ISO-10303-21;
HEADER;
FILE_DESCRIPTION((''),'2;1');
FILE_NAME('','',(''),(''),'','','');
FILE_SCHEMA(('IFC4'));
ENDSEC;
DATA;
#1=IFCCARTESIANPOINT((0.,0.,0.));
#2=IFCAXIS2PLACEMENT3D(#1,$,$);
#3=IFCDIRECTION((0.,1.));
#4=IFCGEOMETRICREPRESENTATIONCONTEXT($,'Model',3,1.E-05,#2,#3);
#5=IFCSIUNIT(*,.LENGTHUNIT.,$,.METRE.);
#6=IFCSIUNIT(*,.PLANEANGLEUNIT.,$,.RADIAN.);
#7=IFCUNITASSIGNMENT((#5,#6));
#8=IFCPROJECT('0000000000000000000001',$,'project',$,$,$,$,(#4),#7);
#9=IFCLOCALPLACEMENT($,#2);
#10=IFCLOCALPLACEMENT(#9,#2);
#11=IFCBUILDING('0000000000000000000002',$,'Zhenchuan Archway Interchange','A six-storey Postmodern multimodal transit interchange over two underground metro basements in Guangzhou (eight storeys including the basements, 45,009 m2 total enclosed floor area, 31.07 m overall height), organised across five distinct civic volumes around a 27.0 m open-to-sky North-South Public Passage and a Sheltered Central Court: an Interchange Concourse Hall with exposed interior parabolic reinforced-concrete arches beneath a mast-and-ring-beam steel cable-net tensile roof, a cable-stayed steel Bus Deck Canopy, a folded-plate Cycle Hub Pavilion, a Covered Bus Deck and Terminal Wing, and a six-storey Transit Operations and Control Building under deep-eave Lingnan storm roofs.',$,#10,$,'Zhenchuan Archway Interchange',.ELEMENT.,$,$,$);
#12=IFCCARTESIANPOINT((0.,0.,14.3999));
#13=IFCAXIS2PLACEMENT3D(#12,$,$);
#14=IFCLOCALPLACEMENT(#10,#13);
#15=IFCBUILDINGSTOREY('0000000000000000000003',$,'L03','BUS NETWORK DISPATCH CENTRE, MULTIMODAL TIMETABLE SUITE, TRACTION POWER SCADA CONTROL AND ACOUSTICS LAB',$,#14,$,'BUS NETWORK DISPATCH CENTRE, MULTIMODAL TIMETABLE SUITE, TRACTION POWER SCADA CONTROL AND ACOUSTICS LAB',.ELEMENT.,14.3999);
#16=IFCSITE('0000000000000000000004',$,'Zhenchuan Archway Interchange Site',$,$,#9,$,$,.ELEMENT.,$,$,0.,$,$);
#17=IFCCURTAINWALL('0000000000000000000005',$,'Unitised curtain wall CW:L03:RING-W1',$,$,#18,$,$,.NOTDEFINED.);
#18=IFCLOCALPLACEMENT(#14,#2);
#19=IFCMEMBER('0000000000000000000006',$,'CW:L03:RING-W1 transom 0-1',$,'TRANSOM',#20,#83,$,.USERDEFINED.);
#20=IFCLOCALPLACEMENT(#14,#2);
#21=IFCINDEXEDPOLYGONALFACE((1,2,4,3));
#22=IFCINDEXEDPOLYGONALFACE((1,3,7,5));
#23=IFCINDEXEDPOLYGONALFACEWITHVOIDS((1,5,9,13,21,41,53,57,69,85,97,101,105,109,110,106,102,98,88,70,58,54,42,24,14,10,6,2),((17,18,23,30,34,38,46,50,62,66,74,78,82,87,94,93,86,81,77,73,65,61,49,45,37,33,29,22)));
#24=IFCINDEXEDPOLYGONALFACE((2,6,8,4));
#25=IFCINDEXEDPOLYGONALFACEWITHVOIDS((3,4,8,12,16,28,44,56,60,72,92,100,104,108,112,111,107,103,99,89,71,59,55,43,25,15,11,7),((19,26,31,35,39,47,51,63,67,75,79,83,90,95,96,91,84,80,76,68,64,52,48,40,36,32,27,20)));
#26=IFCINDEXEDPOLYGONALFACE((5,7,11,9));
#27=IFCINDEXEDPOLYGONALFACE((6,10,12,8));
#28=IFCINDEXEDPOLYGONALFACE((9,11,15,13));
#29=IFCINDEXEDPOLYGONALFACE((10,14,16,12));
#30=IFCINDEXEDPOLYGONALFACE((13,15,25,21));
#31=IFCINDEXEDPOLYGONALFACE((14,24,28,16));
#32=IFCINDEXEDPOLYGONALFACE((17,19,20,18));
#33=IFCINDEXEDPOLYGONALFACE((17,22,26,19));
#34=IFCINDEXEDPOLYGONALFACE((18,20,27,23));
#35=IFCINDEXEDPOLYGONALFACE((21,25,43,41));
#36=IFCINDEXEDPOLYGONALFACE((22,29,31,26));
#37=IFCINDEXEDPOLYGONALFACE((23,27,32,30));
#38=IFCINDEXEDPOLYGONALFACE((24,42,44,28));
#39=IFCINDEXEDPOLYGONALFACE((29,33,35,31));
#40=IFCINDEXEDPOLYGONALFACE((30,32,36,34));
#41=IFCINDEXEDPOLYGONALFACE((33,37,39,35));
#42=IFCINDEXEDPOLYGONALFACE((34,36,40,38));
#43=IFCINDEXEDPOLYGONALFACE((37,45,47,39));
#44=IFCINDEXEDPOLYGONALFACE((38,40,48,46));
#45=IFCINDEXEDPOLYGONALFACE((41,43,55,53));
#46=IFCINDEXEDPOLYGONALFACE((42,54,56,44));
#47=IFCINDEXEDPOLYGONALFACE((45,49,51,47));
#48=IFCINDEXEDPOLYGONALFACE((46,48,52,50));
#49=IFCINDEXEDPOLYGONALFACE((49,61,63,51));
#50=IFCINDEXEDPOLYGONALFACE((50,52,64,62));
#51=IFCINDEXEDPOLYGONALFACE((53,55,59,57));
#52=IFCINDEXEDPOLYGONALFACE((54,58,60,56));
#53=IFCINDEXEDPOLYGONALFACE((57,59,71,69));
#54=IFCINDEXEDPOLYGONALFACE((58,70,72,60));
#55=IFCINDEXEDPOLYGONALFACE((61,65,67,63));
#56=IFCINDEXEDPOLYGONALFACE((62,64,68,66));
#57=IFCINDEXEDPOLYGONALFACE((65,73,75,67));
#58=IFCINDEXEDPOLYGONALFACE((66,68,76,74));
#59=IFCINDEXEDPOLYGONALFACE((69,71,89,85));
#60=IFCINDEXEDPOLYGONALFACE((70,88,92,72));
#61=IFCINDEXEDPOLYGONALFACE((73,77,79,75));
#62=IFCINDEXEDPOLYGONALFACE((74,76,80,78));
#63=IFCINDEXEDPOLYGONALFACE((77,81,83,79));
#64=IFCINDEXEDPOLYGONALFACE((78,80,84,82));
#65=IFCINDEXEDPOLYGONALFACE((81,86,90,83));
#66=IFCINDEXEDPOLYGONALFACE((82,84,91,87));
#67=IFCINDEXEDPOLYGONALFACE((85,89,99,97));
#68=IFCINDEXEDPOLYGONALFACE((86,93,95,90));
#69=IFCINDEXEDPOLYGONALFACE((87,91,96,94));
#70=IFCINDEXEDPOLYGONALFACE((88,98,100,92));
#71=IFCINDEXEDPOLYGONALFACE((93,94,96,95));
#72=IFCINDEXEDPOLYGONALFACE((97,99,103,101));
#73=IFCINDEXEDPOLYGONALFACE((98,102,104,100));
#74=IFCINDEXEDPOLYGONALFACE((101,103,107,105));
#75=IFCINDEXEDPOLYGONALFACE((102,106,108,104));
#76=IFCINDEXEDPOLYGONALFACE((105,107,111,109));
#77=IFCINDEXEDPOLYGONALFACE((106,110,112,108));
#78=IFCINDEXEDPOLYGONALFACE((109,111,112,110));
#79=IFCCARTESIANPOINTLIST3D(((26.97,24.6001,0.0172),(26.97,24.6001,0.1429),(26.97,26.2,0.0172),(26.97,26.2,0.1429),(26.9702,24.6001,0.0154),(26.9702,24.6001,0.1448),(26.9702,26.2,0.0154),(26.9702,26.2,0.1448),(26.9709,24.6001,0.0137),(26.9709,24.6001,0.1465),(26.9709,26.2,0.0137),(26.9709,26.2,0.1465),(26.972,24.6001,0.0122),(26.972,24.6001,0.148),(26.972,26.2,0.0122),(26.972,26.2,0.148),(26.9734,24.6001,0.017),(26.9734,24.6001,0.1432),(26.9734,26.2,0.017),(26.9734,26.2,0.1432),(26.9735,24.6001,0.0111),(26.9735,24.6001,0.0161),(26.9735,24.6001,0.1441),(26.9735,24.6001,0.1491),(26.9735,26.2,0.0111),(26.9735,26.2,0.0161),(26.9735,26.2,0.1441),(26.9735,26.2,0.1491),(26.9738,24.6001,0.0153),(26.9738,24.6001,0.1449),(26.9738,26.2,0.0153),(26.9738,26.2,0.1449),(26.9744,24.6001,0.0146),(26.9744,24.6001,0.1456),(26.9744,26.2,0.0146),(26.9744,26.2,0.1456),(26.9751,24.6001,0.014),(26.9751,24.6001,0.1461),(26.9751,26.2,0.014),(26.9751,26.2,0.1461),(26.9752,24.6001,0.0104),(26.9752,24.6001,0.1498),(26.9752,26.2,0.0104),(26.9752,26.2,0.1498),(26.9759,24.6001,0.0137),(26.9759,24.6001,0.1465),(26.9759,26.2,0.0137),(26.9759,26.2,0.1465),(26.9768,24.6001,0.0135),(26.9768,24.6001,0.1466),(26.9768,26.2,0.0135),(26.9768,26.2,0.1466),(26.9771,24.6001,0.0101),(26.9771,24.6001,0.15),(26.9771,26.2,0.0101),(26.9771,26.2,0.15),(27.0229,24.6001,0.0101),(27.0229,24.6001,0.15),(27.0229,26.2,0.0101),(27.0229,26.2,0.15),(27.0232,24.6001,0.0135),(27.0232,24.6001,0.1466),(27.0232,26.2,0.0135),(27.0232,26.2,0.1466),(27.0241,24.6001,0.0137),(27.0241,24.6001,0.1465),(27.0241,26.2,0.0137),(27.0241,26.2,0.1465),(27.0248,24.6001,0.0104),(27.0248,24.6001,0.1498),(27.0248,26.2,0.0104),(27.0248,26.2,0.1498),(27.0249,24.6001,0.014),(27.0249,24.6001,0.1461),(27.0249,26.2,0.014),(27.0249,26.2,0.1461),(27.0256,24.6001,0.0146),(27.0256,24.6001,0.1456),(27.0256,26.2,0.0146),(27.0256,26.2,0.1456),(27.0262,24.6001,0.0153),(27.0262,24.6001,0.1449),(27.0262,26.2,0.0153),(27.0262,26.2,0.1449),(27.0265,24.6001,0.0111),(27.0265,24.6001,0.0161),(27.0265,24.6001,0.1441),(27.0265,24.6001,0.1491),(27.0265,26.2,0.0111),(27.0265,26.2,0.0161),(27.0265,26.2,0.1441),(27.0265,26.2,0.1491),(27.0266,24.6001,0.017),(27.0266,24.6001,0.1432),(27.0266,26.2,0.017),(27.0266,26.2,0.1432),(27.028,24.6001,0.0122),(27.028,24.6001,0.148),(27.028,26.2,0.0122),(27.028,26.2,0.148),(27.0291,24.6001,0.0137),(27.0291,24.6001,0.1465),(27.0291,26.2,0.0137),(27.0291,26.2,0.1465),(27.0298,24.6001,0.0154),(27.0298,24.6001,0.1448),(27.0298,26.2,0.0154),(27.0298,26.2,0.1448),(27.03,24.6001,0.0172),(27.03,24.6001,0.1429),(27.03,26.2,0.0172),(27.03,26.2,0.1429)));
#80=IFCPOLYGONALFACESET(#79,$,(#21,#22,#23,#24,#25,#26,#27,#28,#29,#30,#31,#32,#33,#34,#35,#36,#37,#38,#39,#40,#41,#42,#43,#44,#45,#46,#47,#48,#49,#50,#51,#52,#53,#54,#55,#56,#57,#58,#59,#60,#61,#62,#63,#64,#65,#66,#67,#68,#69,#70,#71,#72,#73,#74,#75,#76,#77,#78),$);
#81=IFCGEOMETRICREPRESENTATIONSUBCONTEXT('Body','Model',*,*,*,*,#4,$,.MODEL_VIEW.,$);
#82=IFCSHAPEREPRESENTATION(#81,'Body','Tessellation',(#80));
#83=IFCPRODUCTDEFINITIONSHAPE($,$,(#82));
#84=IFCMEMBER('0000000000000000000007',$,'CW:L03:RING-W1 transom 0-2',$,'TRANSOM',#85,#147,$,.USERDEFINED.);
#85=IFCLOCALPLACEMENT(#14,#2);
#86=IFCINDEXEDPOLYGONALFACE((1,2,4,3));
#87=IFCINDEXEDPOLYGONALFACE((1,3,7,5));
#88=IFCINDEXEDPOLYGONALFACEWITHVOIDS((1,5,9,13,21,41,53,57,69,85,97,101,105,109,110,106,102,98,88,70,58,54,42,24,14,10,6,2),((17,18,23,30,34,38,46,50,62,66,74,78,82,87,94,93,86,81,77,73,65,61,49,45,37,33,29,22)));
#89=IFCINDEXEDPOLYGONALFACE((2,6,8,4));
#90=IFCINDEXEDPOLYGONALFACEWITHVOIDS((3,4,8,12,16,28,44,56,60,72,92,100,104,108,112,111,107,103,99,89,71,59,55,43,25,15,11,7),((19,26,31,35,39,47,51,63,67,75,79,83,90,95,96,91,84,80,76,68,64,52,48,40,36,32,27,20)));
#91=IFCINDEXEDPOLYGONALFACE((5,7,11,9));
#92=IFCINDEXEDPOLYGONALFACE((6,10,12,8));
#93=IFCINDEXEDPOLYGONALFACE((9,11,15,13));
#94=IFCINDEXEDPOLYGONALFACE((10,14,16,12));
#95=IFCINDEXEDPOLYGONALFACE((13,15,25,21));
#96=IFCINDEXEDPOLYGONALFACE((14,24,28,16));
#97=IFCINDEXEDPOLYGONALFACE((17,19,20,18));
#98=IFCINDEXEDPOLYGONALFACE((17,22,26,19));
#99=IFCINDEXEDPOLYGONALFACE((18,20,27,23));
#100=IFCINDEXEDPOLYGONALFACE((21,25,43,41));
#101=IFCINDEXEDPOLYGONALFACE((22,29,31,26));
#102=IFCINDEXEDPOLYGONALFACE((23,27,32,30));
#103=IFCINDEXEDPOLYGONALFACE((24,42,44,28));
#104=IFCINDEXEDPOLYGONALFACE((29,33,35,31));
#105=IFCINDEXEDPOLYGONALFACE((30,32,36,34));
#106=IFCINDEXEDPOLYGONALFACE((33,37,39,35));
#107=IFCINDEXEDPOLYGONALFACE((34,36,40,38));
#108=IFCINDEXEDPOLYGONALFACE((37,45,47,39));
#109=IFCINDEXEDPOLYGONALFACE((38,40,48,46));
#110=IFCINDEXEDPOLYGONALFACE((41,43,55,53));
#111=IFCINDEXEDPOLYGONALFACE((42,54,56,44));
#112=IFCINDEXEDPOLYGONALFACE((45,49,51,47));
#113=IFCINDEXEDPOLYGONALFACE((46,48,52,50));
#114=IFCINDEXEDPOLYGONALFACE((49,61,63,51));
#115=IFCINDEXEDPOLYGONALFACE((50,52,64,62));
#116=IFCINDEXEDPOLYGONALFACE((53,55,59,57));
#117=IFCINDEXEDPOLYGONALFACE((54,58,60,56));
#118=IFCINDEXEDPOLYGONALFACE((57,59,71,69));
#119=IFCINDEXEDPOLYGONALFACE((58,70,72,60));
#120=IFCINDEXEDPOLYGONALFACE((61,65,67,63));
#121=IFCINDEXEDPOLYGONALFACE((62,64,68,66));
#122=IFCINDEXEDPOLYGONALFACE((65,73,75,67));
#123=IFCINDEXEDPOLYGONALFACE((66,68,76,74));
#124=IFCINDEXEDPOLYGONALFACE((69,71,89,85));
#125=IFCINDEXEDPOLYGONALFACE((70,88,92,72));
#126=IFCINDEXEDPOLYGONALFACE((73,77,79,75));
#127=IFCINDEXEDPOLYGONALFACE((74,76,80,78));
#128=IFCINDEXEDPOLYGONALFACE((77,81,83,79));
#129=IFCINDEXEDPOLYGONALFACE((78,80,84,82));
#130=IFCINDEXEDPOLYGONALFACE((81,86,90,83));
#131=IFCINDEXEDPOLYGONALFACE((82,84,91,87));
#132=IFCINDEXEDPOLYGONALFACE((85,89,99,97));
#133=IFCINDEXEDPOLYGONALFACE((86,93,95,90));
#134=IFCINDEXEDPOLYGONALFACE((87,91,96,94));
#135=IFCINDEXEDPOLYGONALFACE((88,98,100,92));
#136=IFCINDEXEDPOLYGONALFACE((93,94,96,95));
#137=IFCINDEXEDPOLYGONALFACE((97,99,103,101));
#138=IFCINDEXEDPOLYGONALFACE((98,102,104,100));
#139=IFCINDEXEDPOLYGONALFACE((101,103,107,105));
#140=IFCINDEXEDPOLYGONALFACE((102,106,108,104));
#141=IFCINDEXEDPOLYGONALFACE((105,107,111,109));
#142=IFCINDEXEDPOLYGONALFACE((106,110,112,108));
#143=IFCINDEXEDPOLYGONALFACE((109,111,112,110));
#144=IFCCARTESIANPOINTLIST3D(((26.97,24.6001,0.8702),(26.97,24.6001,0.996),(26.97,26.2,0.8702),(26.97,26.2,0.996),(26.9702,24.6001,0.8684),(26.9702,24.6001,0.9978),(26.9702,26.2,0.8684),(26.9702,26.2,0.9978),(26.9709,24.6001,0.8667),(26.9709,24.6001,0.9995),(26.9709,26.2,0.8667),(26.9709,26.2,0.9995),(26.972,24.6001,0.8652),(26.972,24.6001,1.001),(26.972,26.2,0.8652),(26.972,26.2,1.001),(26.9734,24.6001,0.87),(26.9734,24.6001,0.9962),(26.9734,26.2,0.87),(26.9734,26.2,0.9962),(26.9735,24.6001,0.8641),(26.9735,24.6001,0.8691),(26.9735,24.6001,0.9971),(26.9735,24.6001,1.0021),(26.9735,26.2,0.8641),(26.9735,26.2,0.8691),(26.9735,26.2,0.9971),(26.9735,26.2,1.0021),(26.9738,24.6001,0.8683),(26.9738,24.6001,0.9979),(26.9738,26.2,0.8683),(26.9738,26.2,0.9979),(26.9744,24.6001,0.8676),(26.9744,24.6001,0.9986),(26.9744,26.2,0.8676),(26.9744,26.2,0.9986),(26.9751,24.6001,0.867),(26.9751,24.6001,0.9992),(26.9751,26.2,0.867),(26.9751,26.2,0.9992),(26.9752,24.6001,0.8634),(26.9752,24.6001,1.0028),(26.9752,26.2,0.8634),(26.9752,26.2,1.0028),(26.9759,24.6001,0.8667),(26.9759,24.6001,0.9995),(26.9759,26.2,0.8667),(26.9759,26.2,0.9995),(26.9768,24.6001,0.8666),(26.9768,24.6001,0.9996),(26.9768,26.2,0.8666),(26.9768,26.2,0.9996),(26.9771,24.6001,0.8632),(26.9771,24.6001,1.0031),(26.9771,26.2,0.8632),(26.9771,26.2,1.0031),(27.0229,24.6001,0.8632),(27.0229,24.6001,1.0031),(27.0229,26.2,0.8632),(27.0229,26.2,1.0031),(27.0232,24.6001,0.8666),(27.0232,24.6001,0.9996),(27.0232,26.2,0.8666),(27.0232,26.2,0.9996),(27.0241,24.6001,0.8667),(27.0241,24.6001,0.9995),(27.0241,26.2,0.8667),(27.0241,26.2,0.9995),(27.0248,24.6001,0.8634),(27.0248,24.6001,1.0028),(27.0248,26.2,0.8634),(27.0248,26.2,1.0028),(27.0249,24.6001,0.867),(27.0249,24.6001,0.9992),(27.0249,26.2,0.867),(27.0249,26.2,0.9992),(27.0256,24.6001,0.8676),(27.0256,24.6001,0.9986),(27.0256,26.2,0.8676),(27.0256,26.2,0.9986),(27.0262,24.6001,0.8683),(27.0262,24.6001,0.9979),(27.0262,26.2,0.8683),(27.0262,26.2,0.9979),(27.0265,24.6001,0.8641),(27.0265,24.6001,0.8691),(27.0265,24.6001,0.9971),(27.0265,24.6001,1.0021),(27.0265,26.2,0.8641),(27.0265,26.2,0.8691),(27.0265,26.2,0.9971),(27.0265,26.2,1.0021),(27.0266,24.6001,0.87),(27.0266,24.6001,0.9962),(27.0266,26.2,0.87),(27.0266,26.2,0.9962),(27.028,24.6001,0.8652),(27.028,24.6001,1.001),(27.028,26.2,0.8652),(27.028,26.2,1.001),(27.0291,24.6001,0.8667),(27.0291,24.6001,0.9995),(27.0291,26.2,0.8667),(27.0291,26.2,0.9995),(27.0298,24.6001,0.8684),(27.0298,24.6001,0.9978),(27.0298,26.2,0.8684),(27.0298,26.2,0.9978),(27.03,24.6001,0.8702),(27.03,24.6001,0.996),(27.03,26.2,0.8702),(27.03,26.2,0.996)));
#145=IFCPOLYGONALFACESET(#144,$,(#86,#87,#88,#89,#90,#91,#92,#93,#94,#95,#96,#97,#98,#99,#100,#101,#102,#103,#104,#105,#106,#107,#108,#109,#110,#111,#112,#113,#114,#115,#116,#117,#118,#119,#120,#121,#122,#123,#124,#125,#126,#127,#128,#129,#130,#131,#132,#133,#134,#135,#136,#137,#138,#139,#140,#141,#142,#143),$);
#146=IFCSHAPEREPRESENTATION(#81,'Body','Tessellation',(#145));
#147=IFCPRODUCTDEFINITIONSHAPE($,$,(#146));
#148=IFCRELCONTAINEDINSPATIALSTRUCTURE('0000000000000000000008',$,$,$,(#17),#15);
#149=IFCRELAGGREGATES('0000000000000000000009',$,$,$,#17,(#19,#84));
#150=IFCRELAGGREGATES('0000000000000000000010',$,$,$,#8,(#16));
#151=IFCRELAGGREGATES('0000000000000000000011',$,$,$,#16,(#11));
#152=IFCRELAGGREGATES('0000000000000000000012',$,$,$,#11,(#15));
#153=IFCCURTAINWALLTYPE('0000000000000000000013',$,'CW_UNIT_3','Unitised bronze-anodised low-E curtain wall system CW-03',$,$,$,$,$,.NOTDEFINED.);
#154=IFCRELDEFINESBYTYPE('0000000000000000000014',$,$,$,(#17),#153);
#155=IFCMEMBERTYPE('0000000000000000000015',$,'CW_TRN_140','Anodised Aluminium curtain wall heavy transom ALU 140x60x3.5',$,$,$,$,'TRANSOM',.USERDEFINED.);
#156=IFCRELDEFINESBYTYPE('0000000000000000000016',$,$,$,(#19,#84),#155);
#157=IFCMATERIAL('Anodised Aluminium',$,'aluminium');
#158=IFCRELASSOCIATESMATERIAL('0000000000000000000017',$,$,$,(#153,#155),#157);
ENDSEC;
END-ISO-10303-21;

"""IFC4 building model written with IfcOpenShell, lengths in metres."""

from ifc_helpers import new_model, si_unit, direction, frame, origin, origin_2d, place, context, subcontext, project, spatial, hollow_rectangle, extrude, material, material_profile, profile_set, type_object, element, aggregate, save


model = new_model("IFC4")

# Units and contexts
model_context = context("Model", 3, precision=1e-05, world=origin(), true_north=direction((0.0, 1.0)))
body_context = subcontext(model_context, "Body", "Model", "MODEL_VIEW")
ifc_project = project(units=[si_unit("LENGTHUNIT", "METRE"), si_unit("PLANEANGLEUNIT", "RADIAN")], contexts=[model_context])

# Site, building, storey
site_placement = place(None, origin())
site = spatial("IfcSite", under=ifc_project, at=site_placement, Name="Zhenchuan Archway Interchange Site", CompositionType="ELEMENT", RefElevation=0.0)
building_placement = place(site_placement, origin())
building = spatial("IfcBuilding", under=site, at=building_placement, Name="Zhenchuan Archway Interchange", Description="A six-storey Postmodern multimodal transit interchange over two underground metro basements in Guangzhou (eight storeys including the basements, 45,009 m2 total enclosed floor area, 31.07 m overall height), organised across five distinct civic volumes around a 27.0 m open-to-sky North-South Public Passage and a Sheltered Central Court: an Interchange Concourse Hall with exposed interior parabolic reinforced-concrete arches beneath a mast-and-ring-beam steel cable-net tensile roof, a cable-stayed steel Bus Deck Canopy, a folded-plate Cycle Hub Pavilion, a Covered Bus Deck and Terminal Wing, and a six-storey Transit Operations and Control Building under deep-eave Lingnan storm roofs.", LongName="Zhenchuan Archway Interchange", CompositionType="ELEMENT")
storey_placement = place(building_placement, frame((0.0, 0.0, 14.3999)))
storey = spatial("IfcBuildingStorey", under=building, at=storey_placement, Name="L03", Description="BUS NETWORK DISPATCH CENTRE, MULTIMODAL TIMETABLE SUITE, TRACTION POWER SCADA CONTROL AND ACOUSTICS LAB", LongName="BUS NETWORK DISPATCH CENTRE, MULTIMODAL TIMETABLE SUITE, TRACTION POWER SCADA CONTROL AND ACOUSTICS LAB", CompositionType="ELEMENT", Elevation=14.3999)

# Curtain wall
ifc_material_1 = material(Name="Anodised Aluminium", Category="aluminium")
curtain_wall_type_1 = type_object("IfcCurtainWallType", Name="CW_UNIT_3", Description="Unitised bronze-anodised low-E curtain wall system CW-03", PredefinedType="NOTDEFINED", material=ifc_material_1)
curtain_wall_1_placement = place(storey_placement, origin())
curtain_wall_1 = element("IfcCurtainWall", 1, at=curtain_wall_1_placement, inside=storey, type_object=curtain_wall_type_1, Name="Unitised curtain wall CW:L03:RING-W1", PredefinedType="NOTDEFINED")

# Members
ifc_material_profile_1 = material_profile(ifc_material_1, hollow_rectangle(XDim=0.0601, YDim=0.1399, WallThickness=0.0034, InnerFilletRadius=0.0034, OuterFilletRadius=0.0071, at=origin_2d()), Name="ALU 140x60x3.5")
ifc_profile_set_1 = profile_set([ifc_material_profile_1], Name="Anodised Aluminium")
member_type_1 = type_object("IfcMemberType", Name="CW_TRN_140", Description="Anodised Aluminium curtain wall heavy transom ALU 140x60x3.5", ElementType="TRANSOM", PredefinedType="USERDEFINED", material=ifc_profile_set_1)
member_1_placement = place(storey_placement, frame((27.0, 24.6001, 0.0801), z_axis=(0.0, 1.0, 0.0), x_axis=(-1.0, 0.0, 0.0)))
member_1 = element("IfcMember", 2, at=member_1_placement, type_object=member_type_1, Name="CW:L03:RING-W1 transom 0-1", ObjectType="TRANSOM", PredefinedType="USERDEFINED", context=body_context, shape_type="SweptSolid", body=[
    extrude(hollow_rectangle(XDim=0.0601, YDim=0.1399, WallThickness=0.0034, InnerFilletRadius=0.0034, OuterFilletRadius=0.0071, at=origin_2d()), origin(), (0.0, 0.0, 1.0), 1.5999),
])
member_2_placement = place(storey_placement, frame((27.0, 24.6001, 0.9331), z_axis=(0.0, 1.0, 0.0), x_axis=(-1.0, 0.0, 0.0)))
member_2 = element("IfcMember", 3, at=member_2_placement, type_object=member_type_1, Name="CW:L03:RING-W1 transom 0-2", ObjectType="TRANSOM", PredefinedType="USERDEFINED", context=body_context, shape_type="SweptSolid", body=[
    extrude(hollow_rectangle(XDim=0.0601, YDim=0.1399, WallThickness=0.0034, InnerFilletRadius=0.0034, OuterFilletRadius=0.0071, at=origin_2d()), origin(), (0.0, 0.0, 1.0), 1.5999),
])

aggregate(curtain_wall_1, [member_1, member_2])

save(model, "model.ifc")
